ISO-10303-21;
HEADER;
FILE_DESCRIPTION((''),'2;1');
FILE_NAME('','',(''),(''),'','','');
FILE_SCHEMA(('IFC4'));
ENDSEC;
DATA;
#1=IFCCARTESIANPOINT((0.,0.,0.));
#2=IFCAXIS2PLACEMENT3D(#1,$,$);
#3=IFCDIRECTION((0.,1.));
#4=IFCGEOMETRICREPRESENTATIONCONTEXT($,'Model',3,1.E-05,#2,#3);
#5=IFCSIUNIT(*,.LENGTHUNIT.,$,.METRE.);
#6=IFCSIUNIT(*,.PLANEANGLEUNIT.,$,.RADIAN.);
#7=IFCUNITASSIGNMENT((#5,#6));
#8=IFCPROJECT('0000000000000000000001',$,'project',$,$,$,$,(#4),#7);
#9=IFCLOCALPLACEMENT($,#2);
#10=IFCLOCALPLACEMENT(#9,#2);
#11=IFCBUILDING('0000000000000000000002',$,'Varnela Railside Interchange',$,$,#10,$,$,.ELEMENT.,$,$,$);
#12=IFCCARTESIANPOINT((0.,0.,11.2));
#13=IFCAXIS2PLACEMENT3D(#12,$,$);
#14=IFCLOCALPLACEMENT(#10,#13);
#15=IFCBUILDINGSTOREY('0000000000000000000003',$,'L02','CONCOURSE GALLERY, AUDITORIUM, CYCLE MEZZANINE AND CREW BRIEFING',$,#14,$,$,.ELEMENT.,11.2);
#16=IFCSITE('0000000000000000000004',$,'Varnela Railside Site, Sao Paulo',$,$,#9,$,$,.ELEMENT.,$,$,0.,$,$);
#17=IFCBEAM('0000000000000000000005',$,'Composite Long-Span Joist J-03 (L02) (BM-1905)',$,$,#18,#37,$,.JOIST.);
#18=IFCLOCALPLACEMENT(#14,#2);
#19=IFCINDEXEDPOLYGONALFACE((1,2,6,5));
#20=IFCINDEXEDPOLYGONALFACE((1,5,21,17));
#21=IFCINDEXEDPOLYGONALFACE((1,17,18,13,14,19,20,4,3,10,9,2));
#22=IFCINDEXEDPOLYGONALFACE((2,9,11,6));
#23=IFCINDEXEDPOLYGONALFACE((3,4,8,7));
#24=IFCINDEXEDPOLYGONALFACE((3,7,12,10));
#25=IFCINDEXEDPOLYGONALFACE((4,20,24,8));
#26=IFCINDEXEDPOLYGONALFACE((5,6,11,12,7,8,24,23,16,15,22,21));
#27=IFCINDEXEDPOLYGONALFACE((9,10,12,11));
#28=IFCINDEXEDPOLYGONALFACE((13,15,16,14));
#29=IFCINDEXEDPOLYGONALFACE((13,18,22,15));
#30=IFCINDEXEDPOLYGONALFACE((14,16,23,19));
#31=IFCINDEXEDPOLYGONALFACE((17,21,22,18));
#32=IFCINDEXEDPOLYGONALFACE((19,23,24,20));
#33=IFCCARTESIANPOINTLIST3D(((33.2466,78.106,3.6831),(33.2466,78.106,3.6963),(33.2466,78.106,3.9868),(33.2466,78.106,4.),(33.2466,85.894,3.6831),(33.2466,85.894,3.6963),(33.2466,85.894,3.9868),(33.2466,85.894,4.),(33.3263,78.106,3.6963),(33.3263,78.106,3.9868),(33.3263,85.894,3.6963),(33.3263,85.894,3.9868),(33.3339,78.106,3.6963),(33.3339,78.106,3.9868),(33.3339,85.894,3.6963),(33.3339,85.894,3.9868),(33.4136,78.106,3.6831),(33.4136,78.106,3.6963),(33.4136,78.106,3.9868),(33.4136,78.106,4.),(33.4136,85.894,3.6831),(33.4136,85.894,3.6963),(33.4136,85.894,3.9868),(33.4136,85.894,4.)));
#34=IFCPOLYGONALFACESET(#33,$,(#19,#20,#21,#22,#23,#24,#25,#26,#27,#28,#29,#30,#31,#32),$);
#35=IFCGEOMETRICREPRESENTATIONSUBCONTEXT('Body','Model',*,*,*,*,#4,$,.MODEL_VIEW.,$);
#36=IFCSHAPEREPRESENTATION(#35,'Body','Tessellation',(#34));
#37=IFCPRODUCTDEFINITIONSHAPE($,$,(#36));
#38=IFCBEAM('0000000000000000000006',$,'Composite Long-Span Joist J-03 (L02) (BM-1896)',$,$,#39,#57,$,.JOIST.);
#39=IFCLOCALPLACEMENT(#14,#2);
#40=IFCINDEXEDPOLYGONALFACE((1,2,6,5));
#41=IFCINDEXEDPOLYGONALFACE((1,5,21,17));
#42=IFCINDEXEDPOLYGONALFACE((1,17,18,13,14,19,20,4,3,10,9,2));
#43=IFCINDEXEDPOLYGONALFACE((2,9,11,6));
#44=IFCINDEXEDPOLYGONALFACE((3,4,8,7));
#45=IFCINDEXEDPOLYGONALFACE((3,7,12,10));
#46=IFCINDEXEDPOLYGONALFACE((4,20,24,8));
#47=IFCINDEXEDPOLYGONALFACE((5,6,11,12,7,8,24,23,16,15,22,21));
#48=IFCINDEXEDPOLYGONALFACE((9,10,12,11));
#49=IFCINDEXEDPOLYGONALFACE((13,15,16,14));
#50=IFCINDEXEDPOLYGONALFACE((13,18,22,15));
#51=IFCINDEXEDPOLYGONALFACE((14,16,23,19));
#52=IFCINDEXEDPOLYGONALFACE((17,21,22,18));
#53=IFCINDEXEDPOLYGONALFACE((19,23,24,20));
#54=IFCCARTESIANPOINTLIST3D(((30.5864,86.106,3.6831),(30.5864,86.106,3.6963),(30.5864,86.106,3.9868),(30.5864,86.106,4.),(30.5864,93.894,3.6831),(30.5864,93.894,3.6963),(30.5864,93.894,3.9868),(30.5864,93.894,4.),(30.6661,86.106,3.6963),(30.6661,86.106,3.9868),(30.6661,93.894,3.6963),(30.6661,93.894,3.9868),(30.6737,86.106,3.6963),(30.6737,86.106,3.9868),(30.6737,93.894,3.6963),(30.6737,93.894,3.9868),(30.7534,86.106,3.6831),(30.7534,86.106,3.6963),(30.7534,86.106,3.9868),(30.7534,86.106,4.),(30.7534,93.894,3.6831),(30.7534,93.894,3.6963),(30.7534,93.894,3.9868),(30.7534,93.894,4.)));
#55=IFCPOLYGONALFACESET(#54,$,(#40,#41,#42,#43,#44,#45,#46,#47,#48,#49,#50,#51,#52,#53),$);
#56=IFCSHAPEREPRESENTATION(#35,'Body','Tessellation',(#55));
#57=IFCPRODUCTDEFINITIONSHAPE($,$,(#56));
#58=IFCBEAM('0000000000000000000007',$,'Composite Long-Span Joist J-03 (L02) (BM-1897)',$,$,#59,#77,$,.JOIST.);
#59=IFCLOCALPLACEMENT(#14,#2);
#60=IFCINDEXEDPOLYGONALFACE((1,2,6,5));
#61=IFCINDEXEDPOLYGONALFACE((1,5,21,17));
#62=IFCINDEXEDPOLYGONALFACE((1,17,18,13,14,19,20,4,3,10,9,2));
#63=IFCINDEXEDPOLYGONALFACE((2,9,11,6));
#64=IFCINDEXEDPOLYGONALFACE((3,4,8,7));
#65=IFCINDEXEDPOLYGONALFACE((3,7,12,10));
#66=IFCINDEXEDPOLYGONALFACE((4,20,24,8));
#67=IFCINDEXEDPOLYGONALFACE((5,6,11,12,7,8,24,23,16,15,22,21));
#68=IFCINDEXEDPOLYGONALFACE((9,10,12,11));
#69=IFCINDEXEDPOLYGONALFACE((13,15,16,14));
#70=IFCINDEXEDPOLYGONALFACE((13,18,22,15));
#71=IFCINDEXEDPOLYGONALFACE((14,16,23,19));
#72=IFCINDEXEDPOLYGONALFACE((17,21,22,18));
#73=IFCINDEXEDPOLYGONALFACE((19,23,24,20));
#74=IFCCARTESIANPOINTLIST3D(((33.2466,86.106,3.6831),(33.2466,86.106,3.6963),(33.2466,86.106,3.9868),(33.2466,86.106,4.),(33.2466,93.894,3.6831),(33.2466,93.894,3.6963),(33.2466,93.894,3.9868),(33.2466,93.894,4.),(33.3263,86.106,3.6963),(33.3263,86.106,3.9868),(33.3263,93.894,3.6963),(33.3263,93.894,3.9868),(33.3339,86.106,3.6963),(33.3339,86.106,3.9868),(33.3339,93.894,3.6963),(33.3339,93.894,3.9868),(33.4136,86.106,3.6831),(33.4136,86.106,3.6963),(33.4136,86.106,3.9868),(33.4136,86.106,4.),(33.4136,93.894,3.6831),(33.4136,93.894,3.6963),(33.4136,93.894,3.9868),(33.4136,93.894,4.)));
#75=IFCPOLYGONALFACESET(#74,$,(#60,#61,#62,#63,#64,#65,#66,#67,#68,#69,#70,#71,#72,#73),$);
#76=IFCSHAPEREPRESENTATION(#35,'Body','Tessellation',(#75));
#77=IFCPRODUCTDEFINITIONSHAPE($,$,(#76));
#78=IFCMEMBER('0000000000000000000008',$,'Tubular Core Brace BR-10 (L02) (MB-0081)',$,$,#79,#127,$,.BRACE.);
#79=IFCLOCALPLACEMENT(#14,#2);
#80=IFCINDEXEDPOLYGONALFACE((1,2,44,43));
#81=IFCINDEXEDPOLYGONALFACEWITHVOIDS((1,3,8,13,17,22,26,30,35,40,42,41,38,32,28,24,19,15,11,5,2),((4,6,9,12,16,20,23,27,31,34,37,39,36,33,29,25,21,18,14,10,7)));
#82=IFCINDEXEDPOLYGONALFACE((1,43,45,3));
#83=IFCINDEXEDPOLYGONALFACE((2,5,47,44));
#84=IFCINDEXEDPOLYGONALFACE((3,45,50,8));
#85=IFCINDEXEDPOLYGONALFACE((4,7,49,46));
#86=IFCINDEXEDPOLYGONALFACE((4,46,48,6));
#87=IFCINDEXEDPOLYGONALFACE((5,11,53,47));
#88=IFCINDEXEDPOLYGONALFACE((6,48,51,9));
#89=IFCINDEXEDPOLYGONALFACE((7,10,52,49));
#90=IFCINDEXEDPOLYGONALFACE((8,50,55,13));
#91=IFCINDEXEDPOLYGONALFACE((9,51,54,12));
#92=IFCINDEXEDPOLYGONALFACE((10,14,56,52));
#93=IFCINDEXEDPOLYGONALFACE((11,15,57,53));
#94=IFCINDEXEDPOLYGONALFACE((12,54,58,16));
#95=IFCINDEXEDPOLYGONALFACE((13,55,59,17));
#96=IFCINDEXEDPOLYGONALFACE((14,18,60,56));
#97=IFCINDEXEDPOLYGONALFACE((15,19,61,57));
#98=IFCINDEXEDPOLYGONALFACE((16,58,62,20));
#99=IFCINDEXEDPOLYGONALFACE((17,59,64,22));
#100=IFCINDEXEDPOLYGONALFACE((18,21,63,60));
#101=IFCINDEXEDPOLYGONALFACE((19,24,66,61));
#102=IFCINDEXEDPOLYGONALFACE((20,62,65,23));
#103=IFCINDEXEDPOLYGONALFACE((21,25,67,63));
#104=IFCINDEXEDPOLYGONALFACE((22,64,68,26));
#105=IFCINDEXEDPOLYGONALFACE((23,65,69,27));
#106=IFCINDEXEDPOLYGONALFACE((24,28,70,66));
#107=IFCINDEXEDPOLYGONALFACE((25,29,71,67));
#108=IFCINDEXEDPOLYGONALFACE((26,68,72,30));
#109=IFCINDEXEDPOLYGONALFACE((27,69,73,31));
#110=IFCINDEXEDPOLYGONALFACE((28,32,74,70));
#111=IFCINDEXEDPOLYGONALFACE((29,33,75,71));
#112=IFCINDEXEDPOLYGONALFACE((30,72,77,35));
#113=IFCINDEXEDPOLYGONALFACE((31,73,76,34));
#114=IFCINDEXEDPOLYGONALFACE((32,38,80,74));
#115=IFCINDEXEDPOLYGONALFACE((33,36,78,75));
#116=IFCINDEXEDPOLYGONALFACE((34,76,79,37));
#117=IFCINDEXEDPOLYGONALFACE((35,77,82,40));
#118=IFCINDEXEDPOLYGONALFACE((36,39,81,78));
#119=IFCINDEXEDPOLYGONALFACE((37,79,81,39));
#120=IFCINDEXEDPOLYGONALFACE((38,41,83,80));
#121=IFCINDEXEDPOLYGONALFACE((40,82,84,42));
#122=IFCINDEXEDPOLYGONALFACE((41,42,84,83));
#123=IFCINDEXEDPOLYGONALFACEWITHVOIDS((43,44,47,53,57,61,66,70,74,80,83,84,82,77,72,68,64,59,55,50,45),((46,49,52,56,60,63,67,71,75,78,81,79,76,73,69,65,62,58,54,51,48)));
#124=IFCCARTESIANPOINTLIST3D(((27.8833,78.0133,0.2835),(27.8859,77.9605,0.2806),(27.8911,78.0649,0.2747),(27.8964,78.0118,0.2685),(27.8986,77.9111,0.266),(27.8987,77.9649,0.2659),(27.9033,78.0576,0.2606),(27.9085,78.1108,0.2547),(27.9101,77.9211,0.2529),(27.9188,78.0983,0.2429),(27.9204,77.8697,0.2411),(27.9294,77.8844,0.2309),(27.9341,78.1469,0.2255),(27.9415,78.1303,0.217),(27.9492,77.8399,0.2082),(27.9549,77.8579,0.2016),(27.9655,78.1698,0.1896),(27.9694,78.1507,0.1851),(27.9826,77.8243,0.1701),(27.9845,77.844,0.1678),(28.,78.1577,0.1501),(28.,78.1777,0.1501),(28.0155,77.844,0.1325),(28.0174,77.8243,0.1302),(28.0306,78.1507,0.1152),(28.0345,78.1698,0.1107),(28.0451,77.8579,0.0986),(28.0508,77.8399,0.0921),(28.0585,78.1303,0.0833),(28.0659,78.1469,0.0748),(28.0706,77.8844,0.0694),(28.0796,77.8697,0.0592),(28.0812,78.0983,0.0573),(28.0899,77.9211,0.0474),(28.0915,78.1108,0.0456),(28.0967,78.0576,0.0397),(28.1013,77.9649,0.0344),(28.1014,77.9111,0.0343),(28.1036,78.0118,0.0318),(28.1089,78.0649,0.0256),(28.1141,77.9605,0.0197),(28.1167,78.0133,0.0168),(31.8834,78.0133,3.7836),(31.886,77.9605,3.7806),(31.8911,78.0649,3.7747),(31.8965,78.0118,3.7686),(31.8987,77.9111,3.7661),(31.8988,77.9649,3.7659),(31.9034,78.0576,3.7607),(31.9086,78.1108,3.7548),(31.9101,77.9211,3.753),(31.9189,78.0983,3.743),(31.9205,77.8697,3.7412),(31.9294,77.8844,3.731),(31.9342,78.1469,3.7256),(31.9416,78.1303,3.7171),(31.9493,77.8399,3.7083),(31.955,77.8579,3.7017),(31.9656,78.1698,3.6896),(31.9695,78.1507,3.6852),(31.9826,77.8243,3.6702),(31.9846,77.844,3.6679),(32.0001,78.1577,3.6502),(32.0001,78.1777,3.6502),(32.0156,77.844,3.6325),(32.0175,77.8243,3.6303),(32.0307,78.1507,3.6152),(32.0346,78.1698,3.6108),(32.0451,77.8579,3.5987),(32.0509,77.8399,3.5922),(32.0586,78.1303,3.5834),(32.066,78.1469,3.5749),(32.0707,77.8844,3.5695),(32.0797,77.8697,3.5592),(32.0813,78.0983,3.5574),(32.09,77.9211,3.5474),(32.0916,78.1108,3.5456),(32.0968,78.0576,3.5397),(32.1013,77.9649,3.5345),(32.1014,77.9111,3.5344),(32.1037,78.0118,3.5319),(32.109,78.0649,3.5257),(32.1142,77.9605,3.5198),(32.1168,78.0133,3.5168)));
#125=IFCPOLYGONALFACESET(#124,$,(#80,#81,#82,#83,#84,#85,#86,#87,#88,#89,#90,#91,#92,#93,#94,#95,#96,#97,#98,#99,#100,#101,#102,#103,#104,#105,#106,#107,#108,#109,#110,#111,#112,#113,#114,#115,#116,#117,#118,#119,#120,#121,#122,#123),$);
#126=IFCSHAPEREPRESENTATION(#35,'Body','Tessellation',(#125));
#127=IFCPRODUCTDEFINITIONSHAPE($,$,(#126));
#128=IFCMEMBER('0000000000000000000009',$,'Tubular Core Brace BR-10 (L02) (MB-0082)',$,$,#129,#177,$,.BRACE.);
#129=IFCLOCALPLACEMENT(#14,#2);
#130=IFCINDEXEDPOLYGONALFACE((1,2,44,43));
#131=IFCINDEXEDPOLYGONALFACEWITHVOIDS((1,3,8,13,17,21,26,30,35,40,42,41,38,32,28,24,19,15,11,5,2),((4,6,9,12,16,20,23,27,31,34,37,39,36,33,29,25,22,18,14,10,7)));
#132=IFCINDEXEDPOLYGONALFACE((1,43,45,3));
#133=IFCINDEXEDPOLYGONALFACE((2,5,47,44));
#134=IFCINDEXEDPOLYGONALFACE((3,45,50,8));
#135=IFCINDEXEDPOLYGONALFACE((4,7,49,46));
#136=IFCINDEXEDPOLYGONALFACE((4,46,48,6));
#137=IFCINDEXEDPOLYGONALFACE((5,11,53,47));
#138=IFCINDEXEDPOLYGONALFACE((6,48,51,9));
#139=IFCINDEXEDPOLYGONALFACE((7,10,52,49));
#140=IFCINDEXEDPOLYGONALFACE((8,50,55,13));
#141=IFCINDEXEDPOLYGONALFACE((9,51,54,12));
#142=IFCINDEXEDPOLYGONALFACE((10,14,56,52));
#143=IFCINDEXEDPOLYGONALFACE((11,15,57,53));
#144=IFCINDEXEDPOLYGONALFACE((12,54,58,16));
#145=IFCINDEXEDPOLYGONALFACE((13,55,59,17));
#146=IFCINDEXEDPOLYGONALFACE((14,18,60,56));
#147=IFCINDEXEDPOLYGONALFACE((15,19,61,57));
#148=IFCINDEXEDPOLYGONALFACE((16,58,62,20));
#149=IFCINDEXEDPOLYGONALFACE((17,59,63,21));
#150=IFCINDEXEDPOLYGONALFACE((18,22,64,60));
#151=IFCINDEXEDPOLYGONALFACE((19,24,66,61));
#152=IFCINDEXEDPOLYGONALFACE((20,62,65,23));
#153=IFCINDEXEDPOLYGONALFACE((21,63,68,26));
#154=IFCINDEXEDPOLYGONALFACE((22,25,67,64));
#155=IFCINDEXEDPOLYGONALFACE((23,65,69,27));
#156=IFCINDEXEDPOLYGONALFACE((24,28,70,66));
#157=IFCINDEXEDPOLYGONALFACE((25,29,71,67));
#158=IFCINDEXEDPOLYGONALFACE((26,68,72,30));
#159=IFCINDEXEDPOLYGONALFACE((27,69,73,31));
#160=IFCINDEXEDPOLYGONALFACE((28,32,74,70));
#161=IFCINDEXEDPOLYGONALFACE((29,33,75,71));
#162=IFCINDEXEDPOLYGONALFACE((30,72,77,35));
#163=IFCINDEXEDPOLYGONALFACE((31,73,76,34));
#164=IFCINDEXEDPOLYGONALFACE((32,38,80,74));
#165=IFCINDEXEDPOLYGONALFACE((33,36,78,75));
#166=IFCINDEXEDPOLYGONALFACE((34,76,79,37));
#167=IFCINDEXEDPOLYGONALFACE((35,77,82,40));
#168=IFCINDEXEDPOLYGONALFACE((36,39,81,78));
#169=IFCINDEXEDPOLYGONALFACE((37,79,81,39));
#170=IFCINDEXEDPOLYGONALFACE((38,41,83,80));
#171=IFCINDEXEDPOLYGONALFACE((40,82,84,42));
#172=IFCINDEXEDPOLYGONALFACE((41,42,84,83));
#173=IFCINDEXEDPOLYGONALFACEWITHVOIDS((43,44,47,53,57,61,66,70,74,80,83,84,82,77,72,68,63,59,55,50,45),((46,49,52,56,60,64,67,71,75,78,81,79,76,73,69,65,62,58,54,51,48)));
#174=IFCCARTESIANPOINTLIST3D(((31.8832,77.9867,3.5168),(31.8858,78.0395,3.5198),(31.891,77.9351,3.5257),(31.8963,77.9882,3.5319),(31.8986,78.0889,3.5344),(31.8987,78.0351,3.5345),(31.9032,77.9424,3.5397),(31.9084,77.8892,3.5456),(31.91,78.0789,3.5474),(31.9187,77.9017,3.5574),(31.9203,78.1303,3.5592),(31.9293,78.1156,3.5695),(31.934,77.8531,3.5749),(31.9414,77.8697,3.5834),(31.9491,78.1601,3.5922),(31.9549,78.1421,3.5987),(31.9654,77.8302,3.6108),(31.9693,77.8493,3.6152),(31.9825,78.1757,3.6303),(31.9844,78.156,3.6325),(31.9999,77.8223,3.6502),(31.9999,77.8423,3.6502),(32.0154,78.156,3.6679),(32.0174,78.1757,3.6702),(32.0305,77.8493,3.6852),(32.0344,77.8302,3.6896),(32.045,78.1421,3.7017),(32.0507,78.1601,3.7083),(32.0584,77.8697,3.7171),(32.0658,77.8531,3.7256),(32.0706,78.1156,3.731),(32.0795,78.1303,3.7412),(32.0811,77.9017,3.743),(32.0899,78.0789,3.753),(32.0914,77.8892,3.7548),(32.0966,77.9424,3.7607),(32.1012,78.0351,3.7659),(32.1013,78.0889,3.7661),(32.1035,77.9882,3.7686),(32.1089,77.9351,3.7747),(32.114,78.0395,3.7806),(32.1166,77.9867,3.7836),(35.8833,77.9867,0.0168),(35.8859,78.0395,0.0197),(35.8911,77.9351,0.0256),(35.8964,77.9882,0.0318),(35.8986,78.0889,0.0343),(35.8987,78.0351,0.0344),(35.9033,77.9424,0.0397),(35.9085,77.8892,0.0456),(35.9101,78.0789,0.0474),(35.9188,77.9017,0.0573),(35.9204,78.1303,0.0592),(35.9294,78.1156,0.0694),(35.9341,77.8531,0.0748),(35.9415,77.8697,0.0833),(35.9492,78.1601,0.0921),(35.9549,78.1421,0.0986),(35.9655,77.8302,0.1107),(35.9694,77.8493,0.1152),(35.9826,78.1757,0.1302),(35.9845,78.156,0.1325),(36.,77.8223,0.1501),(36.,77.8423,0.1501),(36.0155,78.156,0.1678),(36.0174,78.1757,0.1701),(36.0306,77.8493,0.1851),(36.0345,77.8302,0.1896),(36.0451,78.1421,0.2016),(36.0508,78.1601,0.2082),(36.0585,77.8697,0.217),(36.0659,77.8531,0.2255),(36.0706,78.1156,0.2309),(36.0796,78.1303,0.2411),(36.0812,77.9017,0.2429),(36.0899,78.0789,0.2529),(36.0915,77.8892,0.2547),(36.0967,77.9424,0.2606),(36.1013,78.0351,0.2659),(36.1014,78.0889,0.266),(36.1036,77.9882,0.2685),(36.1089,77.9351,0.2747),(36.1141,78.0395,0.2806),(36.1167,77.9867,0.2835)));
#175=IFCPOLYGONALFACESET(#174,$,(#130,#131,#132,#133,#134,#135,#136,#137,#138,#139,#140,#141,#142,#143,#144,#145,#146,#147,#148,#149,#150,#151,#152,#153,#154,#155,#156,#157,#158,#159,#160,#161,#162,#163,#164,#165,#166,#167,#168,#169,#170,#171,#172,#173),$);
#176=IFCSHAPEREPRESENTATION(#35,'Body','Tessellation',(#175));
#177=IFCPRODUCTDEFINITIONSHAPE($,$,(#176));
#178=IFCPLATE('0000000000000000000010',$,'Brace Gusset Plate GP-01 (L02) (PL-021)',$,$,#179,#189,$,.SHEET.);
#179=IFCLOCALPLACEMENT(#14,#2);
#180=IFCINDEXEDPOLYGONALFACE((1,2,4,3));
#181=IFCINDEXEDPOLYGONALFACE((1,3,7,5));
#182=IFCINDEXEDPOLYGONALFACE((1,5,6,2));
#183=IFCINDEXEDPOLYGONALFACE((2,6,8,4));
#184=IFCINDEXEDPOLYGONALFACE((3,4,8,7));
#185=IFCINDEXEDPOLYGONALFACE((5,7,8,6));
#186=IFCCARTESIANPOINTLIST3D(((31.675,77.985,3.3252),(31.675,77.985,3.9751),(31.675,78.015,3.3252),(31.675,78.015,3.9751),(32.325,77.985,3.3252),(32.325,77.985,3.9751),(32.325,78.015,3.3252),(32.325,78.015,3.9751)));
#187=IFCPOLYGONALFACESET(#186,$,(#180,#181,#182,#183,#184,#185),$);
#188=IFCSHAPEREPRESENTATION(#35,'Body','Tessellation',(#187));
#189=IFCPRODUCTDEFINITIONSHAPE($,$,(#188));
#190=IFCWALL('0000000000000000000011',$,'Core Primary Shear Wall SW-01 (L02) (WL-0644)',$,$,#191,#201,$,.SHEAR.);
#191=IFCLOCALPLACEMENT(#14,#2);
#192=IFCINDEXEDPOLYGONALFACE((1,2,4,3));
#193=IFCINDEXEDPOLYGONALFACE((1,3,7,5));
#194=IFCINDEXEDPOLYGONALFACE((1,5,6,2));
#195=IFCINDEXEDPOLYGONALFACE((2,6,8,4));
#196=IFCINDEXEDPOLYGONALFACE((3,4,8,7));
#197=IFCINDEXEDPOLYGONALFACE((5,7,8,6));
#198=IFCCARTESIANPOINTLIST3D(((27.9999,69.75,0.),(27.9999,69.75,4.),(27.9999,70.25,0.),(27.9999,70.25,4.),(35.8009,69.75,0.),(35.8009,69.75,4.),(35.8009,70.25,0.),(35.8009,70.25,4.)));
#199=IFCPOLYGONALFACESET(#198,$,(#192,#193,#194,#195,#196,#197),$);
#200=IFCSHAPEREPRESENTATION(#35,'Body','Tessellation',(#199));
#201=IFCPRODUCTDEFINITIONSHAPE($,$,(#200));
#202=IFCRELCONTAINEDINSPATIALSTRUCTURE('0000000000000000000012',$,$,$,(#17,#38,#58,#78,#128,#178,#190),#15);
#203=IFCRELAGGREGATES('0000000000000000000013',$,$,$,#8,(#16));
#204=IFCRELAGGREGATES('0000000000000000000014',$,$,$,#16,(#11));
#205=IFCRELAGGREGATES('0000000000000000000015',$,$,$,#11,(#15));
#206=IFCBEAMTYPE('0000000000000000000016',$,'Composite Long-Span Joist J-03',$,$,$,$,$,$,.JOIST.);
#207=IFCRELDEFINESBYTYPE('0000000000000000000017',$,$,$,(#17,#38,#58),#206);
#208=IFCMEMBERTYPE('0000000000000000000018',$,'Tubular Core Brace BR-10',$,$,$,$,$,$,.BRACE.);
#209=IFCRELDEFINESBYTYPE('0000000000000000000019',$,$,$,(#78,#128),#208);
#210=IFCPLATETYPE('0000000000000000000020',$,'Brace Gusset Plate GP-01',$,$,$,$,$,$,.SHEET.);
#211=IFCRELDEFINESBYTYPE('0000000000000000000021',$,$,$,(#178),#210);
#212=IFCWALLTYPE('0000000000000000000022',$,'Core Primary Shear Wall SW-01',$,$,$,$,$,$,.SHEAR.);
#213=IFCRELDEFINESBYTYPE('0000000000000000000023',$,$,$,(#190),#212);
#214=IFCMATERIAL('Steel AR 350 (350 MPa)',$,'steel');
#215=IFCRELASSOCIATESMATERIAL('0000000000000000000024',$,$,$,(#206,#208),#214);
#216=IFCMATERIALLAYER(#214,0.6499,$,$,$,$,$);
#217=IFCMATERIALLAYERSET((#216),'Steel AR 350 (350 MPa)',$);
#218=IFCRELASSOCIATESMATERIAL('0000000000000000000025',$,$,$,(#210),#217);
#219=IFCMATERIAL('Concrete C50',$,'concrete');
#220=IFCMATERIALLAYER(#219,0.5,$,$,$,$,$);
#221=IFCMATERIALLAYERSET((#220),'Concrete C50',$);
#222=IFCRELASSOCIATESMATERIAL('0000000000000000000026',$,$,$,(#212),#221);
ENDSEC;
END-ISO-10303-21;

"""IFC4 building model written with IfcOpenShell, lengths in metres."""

from ifc_helpers import new_model, si_unit, direction, frame, frame_2d, origin, origin_2d, place, context, subcontext, project, spatial, rectangle, hollow_circle, i_section, extrude, material, layer, layer_set, material_profile, profile_set, type_object, element, save


model = new_model("IFC4")

# Units and contexts
model_context = context("Model", 3, precision=1e-05, world=origin(), true_north=direction((0.0, 1.0)))
body_context = subcontext(model_context, "Body", "Model", "MODEL_VIEW")
ifc_project = project(units=[si_unit("LENGTHUNIT", "METRE"), si_unit("PLANEANGLEUNIT", "RADIAN")], contexts=[model_context])

# Site, building, storey
site_placement = place(None, origin())
site = spatial("IfcSite", under=ifc_project, at=site_placement, Name="Varnela Railside Site, Sao Paulo", CompositionType="ELEMENT", RefElevation=0.0)
building_placement = place(site_placement, origin())
building = spatial("IfcBuilding", under=site, at=building_placement, Name="Varnela Railside Interchange", CompositionType="ELEMENT")
storey_placement = place(building_placement, frame((0.0, 0.0, 11.2)))
storey = spatial("IfcBuildingStorey", under=building, at=storey_placement, Name="L02", Description="CONCOURSE GALLERY, AUDITORIUM, CYCLE MEZZANINE AND CREW BRIEFING", CompositionType="ELEMENT", Elevation=11.2)

# Shared definitions
ifc_material_1 = material(Name="Steel AR 350 (350 MPa)", Category="steel")

# Beams
ifc_material_profile_1 = material_profile(ifc_material_1, i_section(OverallWidth=0.167, OverallDepth=0.3169, WebThickness=0.0076, FlangeThickness=0.0132, at=origin_2d()), Name="W310x52")
ifc_profile_set_1 = profile_set([ifc_material_profile_1], Name="Steel AR 350 (350 MPa)")
beam_type_1 = type_object("IfcBeamType", Name="Composite Long-Span Joist J-03", PredefinedType="JOIST", material=ifc_profile_set_1)
for number, where, z_axis, x_axis, name in (
    (1, (33.3301, 78.106, 3.8416), (0.0, 1.0, 0.0), (-1.0, 0.0, 0.0), "Composite Long-Span Joist J-03 (L02) (BM-1905)"),
    (2, (30.6699, 86.106, 3.8416), (0.0, 1.0, 0.0), (-1.0, 0.0, 0.0), "Composite Long-Span Joist J-03 (L02) (BM-1896)"),
    (3, (33.3301, 86.106, 3.8416), (0.0, 1.0, 0.0), (-1.0, 0.0, 0.0), "Composite Long-Span Joist J-03 (L02) (BM-1897)"),
):
    element("IfcBeam", number, at=place(storey_placement, frame(where, z_axis=z_axis, x_axis=x_axis)), inside=storey, type_object=beam_type_1, Name=name, PredefinedType="JOIST", context=body_context, shape_type="SweptSolid", body=[
        extrude(i_section(OverallWidth=0.167, OverallDepth=0.3169, WebThickness=0.0076, FlangeThickness=0.0132, at=origin_2d()), origin(), (0.0, 0.0, 1.0), 7.7881),
    ])

# Members
ifc_material_profile_2 = material_profile(ifc_material_1, hollow_circle(Radius=0.1777, WallThickness=0.02, at=origin_2d()), Name="CHS 355.6x20")
ifc_profile_set_2 = profile_set([ifc_material_profile_2], Name="Steel AR 350 (350 MPa)")
member_type = type_object("IfcMemberType", Name="Tubular Core Brace BR-10", PredefinedType="BRACE", material=ifc_profile_set_2)
for number, where, z_axis, x_axis, name in (
    (4, (28.0, 78.0, 0.1501), (0.752577, 0.0, 0.658505), (0.0, 1.0, 0.0), "Tubular Core Brace BR-10 (L02) (MB-0081)"),
    (5, (36.0, 78.0, 0.1501), (-0.752577, 0.0, 0.658505), (0.0, -1.0, 0.0), "Tubular Core Brace BR-10 (L02) (MB-0082)"),
):
    element("IfcMember", number, at=place(storey_placement, frame(where, z_axis=z_axis, x_axis=x_axis)), inside=storey, type_object=member_type, Name=name, PredefinedType="BRACE", context=body_context, shape_type="SweptSolid", body=[
        extrude(hollow_circle(Radius=0.1777, WallThickness=0.02, at=origin_2d()), origin(), (0.0, 0.0, 1.0), 5.3152),
    ])

# Plate
ifc_layer_1 = layer(ifc_material_1, 0.6499)
ifc_layer_set_1 = layer_set([ifc_layer_1], Name="Steel AR 350 (350 MPa)")
plate_type = type_object("IfcPlateType", Name="Brace Gusset Plate GP-01", PredefinedType="SHEET", material=ifc_layer_set_1)
plate_placement = place(storey_placement, frame((32.0, 78.0, 3.3252), z_axis=(0.0, 0.0, 1.0), x_axis=(1.0, 0.0, 0.0)))
element("IfcPlate", 6, at=plate_placement, inside=storey, type_object=plate_type, Name="Brace Gusset Plate GP-01 (L02) (PL-021)", PredefinedType="SHEET", context=body_context, shape_type="SweptSolid", body=[
    extrude(rectangle(XDim=0.6499, YDim=0.03, at=origin_2d()), origin(), (0.0, 0.0, 1.0), 0.6499),
])

# Wall
ifc_material_2 = material(Name="Concrete C50", Category="concrete")
ifc_layer_2 = layer(ifc_material_2, 0.5)
ifc_layer_set_2 = layer_set([ifc_layer_2], Name="Concrete C50")
wall_type_1 = type_object("IfcWallType", Name="Core Primary Shear Wall SW-01", PredefinedType="SHEAR", material=ifc_layer_set_2)
wall_1_placement = place(storey_placement, frame((28.0, 70.0, 0.0), z_axis=(0.0, 0.0, 1.0), x_axis=(1.0, 0.0, 0.0)))
element("IfcWall", 7, at=wall_1_placement, inside=storey, type_object=wall_type_1, Name="Core Primary Shear Wall SW-01 (L02) (WL-0644)", PredefinedType="SHEAR", context=body_context, shape_type="SweptSolid", body=[
    extrude(rectangle(XDim=7.801, YDim=0.5, at=frame_2d((3.9004, 0.0))), origin(), (0.0, 0.0, 1.0), 4.0),
])

save(model, "model.ifc")
